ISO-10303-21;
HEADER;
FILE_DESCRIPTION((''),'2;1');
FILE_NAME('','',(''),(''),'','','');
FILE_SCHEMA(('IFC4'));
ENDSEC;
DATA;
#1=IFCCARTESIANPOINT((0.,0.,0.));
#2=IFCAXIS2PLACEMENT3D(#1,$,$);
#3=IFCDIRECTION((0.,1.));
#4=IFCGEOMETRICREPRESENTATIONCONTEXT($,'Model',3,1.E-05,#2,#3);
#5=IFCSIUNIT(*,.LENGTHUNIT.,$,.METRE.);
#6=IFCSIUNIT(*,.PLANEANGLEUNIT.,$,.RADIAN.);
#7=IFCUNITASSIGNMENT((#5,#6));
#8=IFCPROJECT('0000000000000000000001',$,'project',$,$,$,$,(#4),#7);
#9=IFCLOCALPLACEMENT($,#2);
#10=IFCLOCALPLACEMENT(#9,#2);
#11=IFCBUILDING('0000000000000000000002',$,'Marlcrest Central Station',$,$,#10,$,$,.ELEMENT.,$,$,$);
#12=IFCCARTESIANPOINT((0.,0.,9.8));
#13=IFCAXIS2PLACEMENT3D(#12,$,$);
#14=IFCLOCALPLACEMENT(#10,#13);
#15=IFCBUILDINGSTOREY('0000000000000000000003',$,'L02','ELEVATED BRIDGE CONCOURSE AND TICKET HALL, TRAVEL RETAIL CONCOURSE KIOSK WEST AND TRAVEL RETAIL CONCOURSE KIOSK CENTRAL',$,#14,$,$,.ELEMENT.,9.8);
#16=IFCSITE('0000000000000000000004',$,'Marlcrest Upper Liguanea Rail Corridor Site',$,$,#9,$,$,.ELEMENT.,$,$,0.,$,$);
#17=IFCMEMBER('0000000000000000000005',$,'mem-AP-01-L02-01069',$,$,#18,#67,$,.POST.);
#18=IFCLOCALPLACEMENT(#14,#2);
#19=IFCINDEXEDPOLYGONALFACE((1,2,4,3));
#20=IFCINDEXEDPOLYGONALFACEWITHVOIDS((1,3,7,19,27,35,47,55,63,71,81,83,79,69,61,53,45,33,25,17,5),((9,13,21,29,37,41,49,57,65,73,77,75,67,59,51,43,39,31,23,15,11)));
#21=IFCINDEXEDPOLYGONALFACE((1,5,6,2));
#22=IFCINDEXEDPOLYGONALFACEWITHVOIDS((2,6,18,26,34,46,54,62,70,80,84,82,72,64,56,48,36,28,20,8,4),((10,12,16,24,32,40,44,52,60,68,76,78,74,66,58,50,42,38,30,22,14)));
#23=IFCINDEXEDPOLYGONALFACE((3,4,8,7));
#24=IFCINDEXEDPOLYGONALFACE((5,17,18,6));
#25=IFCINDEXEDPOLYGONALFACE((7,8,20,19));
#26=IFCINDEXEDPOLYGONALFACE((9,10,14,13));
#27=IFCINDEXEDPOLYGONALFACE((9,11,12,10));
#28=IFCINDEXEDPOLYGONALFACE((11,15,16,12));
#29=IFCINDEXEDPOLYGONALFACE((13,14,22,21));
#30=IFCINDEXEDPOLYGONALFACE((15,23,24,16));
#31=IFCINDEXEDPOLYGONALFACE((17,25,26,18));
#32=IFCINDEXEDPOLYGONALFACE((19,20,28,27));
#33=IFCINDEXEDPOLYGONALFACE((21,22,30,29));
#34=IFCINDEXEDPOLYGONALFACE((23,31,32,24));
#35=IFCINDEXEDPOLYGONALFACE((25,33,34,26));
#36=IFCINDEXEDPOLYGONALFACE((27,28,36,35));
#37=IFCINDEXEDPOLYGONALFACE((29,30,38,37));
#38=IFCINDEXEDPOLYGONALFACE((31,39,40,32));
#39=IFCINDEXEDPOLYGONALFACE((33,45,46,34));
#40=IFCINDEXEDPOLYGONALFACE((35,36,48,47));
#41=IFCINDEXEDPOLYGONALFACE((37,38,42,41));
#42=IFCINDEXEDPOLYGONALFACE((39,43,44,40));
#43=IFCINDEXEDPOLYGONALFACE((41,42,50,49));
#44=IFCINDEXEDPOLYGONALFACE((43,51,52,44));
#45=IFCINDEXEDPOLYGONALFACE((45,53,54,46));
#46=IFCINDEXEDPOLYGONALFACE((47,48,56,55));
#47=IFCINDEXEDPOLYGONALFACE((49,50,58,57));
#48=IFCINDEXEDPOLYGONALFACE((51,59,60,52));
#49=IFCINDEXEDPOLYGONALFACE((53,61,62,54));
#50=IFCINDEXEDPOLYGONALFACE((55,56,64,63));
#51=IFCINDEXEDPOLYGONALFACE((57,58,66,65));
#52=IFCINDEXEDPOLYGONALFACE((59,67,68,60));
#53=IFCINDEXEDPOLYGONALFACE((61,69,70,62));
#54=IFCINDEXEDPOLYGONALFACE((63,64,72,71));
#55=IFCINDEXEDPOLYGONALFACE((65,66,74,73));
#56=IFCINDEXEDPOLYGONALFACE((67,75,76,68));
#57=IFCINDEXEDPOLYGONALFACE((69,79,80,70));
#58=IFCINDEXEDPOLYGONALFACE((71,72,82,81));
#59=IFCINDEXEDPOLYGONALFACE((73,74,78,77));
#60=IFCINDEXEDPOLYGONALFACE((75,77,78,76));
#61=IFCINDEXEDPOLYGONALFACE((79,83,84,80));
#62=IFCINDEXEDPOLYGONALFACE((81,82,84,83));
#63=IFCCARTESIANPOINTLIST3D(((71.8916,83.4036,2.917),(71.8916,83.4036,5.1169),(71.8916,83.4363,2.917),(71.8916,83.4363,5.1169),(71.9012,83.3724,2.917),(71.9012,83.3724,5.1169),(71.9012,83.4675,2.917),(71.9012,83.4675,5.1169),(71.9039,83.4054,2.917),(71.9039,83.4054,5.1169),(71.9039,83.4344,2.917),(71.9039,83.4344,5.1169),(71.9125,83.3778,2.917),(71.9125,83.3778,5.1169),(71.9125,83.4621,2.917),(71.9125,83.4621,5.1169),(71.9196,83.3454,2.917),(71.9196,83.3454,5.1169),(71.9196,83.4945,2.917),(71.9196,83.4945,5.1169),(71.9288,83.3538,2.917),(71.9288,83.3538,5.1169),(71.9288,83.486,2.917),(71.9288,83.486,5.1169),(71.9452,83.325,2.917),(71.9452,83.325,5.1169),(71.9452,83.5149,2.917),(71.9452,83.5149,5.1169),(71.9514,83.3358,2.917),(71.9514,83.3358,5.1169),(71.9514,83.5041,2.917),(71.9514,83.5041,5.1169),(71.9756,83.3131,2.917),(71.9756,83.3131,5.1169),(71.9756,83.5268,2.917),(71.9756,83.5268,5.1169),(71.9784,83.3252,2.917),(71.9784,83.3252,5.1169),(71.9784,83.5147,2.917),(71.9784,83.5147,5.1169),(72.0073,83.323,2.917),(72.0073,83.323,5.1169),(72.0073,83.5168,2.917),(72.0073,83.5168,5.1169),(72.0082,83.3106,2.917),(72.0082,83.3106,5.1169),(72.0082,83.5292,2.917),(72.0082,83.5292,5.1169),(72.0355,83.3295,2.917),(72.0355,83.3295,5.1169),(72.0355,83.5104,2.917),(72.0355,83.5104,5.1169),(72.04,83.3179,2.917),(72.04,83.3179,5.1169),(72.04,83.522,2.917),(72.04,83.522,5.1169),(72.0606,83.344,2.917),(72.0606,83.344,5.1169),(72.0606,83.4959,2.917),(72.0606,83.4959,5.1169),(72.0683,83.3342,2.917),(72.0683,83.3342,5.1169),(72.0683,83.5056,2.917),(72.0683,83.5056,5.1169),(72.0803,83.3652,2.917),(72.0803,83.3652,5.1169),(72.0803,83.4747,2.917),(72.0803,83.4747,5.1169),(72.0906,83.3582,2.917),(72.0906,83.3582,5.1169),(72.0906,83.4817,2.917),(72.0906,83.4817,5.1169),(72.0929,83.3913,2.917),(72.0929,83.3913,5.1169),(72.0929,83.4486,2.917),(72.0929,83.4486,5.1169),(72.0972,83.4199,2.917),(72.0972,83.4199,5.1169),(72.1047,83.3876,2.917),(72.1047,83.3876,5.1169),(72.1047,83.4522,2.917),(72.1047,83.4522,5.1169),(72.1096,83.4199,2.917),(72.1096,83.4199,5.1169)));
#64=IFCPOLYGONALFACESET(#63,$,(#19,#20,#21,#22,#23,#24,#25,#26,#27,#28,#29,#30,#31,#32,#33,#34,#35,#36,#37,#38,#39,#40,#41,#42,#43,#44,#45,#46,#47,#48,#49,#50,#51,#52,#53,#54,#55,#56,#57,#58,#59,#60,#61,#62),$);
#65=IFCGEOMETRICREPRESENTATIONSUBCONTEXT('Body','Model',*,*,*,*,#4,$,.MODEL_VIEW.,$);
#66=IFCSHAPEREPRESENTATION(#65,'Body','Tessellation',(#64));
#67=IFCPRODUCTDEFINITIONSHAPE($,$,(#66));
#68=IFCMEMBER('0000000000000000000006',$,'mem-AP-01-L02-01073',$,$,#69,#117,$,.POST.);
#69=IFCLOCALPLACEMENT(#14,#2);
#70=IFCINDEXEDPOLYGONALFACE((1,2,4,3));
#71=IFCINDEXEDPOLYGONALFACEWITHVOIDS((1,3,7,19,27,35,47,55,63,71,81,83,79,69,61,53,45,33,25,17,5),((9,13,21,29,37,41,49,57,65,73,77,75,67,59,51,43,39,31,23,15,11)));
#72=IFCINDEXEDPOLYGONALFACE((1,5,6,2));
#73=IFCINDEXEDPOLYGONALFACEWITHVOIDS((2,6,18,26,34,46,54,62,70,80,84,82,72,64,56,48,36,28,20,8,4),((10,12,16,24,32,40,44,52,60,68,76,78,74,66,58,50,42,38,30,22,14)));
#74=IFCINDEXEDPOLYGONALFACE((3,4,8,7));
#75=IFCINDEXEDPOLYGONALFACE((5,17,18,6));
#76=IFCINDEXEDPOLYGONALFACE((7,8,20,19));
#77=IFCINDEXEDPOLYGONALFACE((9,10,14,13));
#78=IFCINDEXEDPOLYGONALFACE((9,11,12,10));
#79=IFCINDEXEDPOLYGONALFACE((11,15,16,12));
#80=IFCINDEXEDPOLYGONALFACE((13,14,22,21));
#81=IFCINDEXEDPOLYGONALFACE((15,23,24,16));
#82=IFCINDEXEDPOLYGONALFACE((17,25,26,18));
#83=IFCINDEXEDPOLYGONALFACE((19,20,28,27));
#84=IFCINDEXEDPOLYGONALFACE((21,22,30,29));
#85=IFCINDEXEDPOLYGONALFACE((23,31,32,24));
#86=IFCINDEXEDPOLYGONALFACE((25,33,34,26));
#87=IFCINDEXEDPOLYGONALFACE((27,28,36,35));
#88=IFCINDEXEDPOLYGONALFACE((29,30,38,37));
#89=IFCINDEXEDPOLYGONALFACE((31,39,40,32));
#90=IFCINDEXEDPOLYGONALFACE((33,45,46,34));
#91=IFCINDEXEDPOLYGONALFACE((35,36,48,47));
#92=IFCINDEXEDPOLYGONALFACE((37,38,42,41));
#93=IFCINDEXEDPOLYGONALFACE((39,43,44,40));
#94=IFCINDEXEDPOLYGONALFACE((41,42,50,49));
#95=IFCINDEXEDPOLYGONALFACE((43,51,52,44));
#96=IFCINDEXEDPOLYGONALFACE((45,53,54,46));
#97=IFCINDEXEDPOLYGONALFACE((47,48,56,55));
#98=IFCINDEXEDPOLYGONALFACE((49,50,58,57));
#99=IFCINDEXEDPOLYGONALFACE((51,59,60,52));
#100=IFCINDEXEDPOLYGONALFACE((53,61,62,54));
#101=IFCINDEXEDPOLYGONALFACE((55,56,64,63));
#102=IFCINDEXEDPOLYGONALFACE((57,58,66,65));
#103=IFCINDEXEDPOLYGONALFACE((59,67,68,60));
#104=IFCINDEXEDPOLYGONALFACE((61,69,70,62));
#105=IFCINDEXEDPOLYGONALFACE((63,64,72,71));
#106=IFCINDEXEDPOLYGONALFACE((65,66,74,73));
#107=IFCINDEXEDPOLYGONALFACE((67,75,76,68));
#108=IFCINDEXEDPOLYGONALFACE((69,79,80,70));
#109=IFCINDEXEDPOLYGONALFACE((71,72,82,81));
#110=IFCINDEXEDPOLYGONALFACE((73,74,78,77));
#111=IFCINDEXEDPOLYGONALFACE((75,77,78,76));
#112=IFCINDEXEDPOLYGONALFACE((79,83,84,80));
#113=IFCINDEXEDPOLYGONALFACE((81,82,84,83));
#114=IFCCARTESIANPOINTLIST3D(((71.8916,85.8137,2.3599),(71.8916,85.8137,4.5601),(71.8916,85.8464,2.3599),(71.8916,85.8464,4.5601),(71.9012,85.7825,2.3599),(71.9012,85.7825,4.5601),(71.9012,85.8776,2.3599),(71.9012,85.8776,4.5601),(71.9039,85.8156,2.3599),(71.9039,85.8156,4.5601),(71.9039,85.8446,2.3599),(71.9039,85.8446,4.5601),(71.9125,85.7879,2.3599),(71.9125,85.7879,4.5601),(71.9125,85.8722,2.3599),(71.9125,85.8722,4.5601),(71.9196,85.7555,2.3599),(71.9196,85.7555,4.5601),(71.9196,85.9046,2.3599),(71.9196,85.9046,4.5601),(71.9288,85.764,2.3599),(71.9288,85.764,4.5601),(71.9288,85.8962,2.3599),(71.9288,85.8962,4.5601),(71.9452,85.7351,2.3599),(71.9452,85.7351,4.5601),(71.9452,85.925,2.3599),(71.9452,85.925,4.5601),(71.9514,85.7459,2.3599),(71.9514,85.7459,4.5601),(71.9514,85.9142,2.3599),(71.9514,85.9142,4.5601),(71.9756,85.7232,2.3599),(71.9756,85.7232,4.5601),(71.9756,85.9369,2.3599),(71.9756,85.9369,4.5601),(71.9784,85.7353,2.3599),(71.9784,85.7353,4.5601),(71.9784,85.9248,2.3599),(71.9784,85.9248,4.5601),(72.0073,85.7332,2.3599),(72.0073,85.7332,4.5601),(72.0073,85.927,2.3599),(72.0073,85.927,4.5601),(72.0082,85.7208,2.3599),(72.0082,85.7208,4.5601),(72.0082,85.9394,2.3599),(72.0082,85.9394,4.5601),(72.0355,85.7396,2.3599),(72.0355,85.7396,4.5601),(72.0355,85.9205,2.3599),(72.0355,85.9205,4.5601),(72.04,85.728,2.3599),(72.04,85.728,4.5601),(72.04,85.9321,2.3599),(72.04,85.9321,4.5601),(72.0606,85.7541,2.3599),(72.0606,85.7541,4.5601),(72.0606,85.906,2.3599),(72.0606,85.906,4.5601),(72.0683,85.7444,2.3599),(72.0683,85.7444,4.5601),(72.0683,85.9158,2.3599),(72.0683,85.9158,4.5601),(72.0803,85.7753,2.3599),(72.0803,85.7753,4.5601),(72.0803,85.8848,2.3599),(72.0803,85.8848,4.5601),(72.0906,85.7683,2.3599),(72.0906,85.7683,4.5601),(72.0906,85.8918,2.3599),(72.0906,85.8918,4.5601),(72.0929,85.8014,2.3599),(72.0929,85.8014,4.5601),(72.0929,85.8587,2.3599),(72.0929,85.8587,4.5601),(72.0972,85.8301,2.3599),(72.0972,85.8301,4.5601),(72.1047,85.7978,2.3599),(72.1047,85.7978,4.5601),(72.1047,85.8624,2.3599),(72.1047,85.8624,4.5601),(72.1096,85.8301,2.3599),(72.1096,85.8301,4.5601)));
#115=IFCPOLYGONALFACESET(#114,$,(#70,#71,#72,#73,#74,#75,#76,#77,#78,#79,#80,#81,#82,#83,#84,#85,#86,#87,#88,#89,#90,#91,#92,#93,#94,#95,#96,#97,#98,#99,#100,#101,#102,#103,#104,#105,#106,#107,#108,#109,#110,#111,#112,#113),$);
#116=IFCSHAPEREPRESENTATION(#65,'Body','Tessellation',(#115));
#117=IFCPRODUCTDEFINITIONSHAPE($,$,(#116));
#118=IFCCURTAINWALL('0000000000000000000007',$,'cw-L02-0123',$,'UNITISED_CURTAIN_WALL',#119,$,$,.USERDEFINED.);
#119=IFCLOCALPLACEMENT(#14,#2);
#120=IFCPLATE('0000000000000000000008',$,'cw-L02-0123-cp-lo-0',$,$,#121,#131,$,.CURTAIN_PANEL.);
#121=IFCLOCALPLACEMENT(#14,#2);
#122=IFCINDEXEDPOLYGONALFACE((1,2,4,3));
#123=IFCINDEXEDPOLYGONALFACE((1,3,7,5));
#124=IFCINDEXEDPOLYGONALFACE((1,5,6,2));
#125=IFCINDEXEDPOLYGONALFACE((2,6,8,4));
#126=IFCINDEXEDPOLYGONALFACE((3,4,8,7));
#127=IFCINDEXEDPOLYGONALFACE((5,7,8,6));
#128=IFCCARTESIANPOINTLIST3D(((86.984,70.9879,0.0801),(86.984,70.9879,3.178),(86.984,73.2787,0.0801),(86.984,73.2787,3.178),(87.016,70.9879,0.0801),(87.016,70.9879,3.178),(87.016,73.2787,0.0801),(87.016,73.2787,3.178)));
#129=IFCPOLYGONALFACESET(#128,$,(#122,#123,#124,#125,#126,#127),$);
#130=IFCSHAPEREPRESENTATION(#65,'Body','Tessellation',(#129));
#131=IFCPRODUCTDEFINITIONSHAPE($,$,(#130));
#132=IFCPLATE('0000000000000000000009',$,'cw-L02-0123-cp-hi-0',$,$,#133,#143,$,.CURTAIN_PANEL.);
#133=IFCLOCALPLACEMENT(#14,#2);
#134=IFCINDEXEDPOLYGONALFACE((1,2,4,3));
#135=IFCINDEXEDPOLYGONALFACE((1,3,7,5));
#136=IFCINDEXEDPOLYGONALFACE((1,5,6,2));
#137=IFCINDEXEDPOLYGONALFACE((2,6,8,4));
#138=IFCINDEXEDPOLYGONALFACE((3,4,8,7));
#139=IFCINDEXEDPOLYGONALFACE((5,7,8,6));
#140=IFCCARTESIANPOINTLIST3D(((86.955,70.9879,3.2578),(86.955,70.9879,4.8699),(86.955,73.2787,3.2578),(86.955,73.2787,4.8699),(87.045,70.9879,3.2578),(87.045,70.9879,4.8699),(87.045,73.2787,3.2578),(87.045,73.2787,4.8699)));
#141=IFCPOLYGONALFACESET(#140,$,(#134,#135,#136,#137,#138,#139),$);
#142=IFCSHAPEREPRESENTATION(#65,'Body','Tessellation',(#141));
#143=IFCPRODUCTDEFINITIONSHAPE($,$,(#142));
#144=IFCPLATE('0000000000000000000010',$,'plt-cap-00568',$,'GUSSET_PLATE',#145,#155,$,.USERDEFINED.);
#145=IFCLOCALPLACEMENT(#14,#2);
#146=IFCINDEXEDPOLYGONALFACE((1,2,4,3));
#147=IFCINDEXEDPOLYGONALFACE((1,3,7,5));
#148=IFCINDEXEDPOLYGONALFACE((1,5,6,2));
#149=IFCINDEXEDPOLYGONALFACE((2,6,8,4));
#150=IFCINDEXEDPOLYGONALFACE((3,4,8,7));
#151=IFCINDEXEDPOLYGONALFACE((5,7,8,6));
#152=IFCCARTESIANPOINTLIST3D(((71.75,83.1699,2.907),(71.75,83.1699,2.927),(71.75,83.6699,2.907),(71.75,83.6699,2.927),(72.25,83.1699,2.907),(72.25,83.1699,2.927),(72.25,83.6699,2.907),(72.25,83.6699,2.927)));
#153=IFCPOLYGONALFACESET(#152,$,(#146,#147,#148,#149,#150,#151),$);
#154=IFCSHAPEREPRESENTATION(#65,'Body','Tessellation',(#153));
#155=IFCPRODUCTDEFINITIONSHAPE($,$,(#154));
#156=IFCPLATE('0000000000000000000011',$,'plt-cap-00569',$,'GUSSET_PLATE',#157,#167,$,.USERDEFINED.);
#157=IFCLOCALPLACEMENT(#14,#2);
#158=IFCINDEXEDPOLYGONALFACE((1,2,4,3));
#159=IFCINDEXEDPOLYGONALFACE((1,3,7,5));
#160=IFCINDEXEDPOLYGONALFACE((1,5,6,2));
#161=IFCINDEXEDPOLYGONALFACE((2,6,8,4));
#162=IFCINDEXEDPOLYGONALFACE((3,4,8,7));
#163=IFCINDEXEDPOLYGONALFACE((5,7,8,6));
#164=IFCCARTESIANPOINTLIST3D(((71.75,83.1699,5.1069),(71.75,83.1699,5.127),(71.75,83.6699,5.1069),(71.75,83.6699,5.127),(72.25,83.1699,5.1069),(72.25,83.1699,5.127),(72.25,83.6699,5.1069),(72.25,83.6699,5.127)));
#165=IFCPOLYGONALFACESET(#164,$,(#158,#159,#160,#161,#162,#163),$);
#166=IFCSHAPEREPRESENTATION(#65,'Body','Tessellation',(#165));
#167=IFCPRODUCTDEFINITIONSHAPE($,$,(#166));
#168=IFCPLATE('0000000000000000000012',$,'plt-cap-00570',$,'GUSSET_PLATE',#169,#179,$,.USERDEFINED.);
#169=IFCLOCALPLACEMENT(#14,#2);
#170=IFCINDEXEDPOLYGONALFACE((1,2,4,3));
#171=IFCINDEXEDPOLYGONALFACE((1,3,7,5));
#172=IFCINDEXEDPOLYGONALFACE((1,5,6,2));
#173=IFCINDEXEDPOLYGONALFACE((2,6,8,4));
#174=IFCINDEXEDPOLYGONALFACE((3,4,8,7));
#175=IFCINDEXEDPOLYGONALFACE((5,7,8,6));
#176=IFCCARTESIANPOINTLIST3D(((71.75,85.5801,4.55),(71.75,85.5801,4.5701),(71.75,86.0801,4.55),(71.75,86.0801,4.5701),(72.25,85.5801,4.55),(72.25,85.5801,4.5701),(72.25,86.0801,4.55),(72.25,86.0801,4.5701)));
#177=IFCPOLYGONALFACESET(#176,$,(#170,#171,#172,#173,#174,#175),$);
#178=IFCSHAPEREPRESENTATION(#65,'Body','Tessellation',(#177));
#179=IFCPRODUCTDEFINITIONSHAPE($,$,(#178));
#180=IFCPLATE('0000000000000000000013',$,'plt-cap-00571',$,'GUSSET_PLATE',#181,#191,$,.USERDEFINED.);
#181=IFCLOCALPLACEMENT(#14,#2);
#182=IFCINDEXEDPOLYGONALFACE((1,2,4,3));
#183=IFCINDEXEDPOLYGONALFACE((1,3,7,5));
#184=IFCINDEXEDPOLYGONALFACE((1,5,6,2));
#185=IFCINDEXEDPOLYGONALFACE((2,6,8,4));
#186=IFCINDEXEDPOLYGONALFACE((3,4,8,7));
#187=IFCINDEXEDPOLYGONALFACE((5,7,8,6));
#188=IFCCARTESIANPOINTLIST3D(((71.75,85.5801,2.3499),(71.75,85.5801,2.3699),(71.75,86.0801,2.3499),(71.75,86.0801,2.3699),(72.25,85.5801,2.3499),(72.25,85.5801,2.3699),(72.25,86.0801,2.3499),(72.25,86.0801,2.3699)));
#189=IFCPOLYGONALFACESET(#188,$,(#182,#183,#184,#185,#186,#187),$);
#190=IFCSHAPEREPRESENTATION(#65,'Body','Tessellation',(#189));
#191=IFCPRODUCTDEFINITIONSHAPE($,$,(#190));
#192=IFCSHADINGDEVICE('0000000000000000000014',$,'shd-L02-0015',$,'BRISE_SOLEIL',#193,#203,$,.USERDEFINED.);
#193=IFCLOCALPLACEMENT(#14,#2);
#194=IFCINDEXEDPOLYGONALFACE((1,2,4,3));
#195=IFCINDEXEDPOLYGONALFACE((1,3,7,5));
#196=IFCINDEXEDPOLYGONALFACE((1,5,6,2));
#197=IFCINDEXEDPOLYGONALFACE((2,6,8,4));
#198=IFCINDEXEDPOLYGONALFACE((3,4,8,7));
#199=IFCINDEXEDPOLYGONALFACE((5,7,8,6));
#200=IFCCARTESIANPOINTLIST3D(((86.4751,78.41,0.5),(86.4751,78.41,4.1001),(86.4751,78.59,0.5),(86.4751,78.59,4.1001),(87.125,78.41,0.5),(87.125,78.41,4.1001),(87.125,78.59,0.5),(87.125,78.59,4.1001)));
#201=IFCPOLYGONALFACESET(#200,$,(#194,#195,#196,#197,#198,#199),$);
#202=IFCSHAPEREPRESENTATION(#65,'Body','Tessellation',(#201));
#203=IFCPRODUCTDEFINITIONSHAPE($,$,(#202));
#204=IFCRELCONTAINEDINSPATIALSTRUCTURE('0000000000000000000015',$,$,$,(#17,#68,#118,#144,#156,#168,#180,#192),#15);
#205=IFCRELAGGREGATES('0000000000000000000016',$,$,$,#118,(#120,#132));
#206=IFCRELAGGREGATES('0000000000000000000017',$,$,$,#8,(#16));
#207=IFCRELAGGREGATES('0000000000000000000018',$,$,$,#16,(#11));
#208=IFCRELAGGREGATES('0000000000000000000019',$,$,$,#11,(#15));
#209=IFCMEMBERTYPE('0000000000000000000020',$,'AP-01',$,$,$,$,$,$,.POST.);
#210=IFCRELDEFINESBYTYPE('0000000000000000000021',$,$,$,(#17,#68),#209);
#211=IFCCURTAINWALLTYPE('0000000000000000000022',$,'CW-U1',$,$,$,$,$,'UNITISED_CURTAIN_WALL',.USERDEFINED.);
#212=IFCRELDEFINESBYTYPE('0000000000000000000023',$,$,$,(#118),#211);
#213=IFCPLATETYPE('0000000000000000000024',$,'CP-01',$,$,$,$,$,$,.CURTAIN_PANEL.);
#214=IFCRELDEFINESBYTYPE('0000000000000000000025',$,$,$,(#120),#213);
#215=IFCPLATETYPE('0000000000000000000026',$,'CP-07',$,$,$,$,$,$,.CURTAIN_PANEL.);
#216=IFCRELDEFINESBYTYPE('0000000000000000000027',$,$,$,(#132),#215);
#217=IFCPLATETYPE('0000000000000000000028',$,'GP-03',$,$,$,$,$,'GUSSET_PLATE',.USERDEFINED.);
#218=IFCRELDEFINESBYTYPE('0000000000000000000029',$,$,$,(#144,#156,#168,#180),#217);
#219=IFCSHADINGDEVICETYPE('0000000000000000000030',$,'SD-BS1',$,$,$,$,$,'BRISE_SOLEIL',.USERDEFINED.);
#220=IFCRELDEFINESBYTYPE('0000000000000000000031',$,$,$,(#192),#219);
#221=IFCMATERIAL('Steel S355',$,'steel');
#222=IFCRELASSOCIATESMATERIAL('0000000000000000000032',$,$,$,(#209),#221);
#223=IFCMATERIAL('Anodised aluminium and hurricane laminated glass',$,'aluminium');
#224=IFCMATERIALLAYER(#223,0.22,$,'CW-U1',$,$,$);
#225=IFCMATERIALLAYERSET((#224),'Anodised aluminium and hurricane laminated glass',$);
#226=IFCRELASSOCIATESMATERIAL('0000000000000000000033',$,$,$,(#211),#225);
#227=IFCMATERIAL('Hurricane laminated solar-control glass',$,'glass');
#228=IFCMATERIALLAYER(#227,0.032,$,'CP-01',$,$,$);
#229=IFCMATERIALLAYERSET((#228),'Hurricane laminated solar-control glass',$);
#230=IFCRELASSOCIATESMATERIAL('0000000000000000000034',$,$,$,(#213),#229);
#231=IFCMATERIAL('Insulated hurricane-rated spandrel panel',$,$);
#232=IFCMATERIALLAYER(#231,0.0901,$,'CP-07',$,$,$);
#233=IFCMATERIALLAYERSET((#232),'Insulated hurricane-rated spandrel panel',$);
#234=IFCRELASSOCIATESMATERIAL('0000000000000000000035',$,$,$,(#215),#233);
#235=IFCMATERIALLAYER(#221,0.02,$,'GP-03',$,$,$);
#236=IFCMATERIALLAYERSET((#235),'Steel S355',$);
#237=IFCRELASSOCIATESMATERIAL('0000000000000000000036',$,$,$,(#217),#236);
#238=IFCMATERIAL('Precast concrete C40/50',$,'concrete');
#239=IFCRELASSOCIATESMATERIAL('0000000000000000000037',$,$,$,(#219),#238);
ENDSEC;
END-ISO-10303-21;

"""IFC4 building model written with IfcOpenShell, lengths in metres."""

from ifc_helpers import new_model, si_unit, direction, frame, origin, origin_2d, place, context, subcontext, project, spatial, rectangle, hollow_circle, extrude, material, layer, layer_set, material_profile, profile_set, type_object, element, aggregate, save


model = new_model("IFC4")

# Units and contexts
model_context = context("Model", 3, precision=1e-05, world=origin(), true_north=direction((0.0, 1.0)))
body_context = subcontext(model_context, "Body", "Model", "MODEL_VIEW")
ifc_project = project(units=[si_unit("LENGTHUNIT", "METRE"), si_unit("PLANEANGLEUNIT", "RADIAN")], contexts=[model_context])

# Site, building, storey
site_placement = place(None, origin())
site = spatial("IfcSite", under=ifc_project, at=site_placement, Name="Marlcrest Upper Liguanea Rail Corridor Site", CompositionType="ELEMENT", RefElevation=0.0)
building_placement = place(site_placement, origin())
building = spatial("IfcBuilding", under=site, at=building_placement, Name="Marlcrest Central Station", CompositionType="ELEMENT")
storey_placement = place(building_placement, frame((0.0, 0.0, 9.8)))
storey = spatial("IfcBuildingStorey", under=building, at=storey_placement, Name="L02", Description="ELEVATED BRIDGE CONCOURSE AND TICKET HALL, TRAVEL RETAIL CONCOURSE KIOSK WEST AND TRAVEL RETAIL CONCOURSE KIOSK CENTRAL", CompositionType="ELEMENT", Elevation=9.8)

# Members
ifc_material_1 = material(Name="Steel S355", Category="steel")
ifc_material_profile_1 = material_profile(ifc_material_1, hollow_circle(Radius=0.1096, WallThickness=0.0125, at=origin_2d()), Name="CHS 219.1x12.5")
ifc_profile_set_1 = profile_set([ifc_material_profile_1], Name="Steel S355")
member_type_1 = type_object("IfcMemberType", Name="AP-01", PredefinedType="POST", material=ifc_profile_set_1)
member_1_placement = place(storey_placement, frame((72.0, 83.4199, 2.917), z_axis=(0.0, 0.0, 1.0), x_axis=(1.0, 0.0, 0.0)))
element("IfcMember", 1, at=member_1_placement, inside=storey, type_object=member_type_1, Name="mem-AP-01-L02-01069", PredefinedType="POST", context=body_context, shape_type="SweptSolid", body=[
    extrude(hollow_circle(Radius=0.1096, WallThickness=0.0125, at=origin_2d()), origin(), (0.0, 0.0, 1.0), 2.2),
])
member_2_placement = place(storey_placement, frame((72.0, 85.8301, 2.3599), z_axis=(0.0, 0.0, 1.0), x_axis=(1.0, 0.0, 0.0)))
element("IfcMember", 2, at=member_2_placement, inside=storey, type_object=member_type_1, Name="mem-AP-01-L02-01073", PredefinedType="POST", context=body_context, shape_type="SweptSolid", body=[
    extrude(hollow_circle(Radius=0.1096, WallThickness=0.0125, at=origin_2d()), origin(), (0.0, 0.0, 1.0), 2.2002),
])

# Curtain wall, plates
ifc_material_2 = material(Name="Anodised aluminium and hurricane laminated glass", Category="aluminium")
ifc_layer_1 = layer(ifc_material_2, 0.22, Name="CW-U1")
ifc_layer_set_1 = layer_set([ifc_layer_1], Name="Anodised aluminium and hurricane laminated glass")
curtain_wall_type = type_object("IfcCurtainWallType", Name="CW-U1", ElementType="UNITISED_CURTAIN_WALL", PredefinedType="USERDEFINED", material=ifc_layer_set_1)
curtain_wall_placement = place(storey_placement, origin())
curtain_wall = element("IfcCurtainWall", 3, at=curtain_wall_placement, inside=storey, type_object=curtain_wall_type, Name="cw-L02-0123", ObjectType="UNITISED_CURTAIN_WALL", PredefinedType="USERDEFINED")
ifc_material_3 = material(Name="Hurricane laminated solar-control glass", Category="glass")
ifc_layer_2 = layer(ifc_material_3, 0.032, Name="CP-01")
ifc_layer_set_2 = layer_set([ifc_layer_2], Name="Hurricane laminated solar-control glass")
plate_type_1 = type_object("IfcPlateType", Name="CP-01", PredefinedType="CURTAIN_PANEL", material=ifc_layer_set_2)
plate_1_placement = place(storey_placement, frame((87.0, 72.1333, 0.0801), z_axis=(0.0, 0.0, 1.0), x_axis=(0.0, 1.0, 0.0)))
plate_1 = element("IfcPlate", 4, at=plate_1_placement, type_object=plate_type_1, Name="cw-L02-0123-cp-lo-0", PredefinedType="CURTAIN_PANEL", context=body_context, shape_type="SweptSolid", body=[
    extrude(rectangle(XDim=2.2908, YDim=0.032, at=origin_2d()), origin(), (0.0, 0.0, 1.0), 3.0979),
])
ifc_material_4 = material(Name="Insulated hurricane-rated spandrel panel")
ifc_layer_3 = layer(ifc_material_4, 0.0901, Name="CP-07")
ifc_layer_set_3 = layer_set([ifc_layer_3], Name="Insulated hurricane-rated spandrel panel")
plate_type_2 = type_object("IfcPlateType", Name="CP-07", PredefinedType="CURTAIN_PANEL", material=ifc_layer_set_3)
plate_2_placement = place(storey_placement, frame((87.0, 72.1333, 3.2578), z_axis=(0.0, 0.0, 1.0), x_axis=(0.0, 1.0, 0.0)))
plate_2 = element("IfcPlate", 5, at=plate_2_placement, type_object=plate_type_2, Name="cw-L02-0123-cp-hi-0", PredefinedType="CURTAIN_PANEL", context=body_context, shape_type="SweptSolid", body=[
    extrude(rectangle(XDim=2.2908, YDim=0.0901, at=origin_2d()), origin(), (0.0, 0.0, 1.0), 1.6121),
])
aggregate(curtain_wall, [plate_1, plate_2])

# Plates
ifc_layer_4 = layer(ifc_material_1, 0.02, Name="GP-03")
ifc_layer_set_4 = layer_set([ifc_layer_4], Name="Steel S355")
plate_type_3 = type_object("IfcPlateType", Name="GP-03", ElementType="GUSSET_PLATE", PredefinedType="USERDEFINED", material=ifc_layer_set_4)
for number, where, z_axis, x_axis, name in (
    (6, (72.0, 83.4199, 2.907), (0.0, 0.0, 1.0), (1.0, 0.0, 0.0), "plt-cap-00568"),
    (7, (72.0, 83.4199, 5.1069), (0.0, 0.0, 1.0), (1.0, 0.0, 0.0), "plt-cap-00569"),
    (8, (72.0, 85.8301, 4.55), (0.0, 0.0, 1.0), (1.0, 0.0, 0.0), "plt-cap-00570"),
    (9, (72.0, 85.8301, 2.3499), (0.0, 0.0, 1.0), (1.0, 0.0, 0.0), "plt-cap-00571"),
):
    element("IfcPlate", number, at=place(storey_placement, frame(where, z_axis=z_axis, x_axis=x_axis)), inside=storey, type_object=plate_type_3, Name=name, ObjectType="GUSSET_PLATE", PredefinedType="USERDEFINED", context=body_context, shape_type="SweptSolid", body=[
        extrude(rectangle(XDim=0.5, YDim=0.5, at=origin_2d()), origin(), (0.0, 0.0, 1.0), 0.02),
    ])

# Shading device
ifc_material_5 = material(Name="Precast concrete C40/50", Category="concrete")
shading_device_type = type_object("IfcShadingDeviceType", Name="SD-BS1", ElementType="BRISE_SOLEIL", PredefinedType="USERDEFINED", material=ifc_material_5)
for number, where, z_axis, x_axis, name in (
    (10, (86.8, 78.5, 0.5), (0.0, 0.0, 1.0), (0.0, 1.0, 0.0), "shd-L02-0015"),
):
    element("IfcShadingDevice", number, at=place(storey_placement, frame(where, z_axis=z_axis, x_axis=x_axis)), inside=storey, type_object=shading_device_type, Name=name, ObjectType="BRISE_SOLEIL", PredefinedType="USERDEFINED", context=body_context, shape_type="SweptSolid", body=[
        extrude(rectangle(XDim=0.1799, YDim=0.6499, at=origin_2d()), origin(), (0.0, 0.0, 1.0), 3.6001),
    ])

save(model, "model.ifc")
